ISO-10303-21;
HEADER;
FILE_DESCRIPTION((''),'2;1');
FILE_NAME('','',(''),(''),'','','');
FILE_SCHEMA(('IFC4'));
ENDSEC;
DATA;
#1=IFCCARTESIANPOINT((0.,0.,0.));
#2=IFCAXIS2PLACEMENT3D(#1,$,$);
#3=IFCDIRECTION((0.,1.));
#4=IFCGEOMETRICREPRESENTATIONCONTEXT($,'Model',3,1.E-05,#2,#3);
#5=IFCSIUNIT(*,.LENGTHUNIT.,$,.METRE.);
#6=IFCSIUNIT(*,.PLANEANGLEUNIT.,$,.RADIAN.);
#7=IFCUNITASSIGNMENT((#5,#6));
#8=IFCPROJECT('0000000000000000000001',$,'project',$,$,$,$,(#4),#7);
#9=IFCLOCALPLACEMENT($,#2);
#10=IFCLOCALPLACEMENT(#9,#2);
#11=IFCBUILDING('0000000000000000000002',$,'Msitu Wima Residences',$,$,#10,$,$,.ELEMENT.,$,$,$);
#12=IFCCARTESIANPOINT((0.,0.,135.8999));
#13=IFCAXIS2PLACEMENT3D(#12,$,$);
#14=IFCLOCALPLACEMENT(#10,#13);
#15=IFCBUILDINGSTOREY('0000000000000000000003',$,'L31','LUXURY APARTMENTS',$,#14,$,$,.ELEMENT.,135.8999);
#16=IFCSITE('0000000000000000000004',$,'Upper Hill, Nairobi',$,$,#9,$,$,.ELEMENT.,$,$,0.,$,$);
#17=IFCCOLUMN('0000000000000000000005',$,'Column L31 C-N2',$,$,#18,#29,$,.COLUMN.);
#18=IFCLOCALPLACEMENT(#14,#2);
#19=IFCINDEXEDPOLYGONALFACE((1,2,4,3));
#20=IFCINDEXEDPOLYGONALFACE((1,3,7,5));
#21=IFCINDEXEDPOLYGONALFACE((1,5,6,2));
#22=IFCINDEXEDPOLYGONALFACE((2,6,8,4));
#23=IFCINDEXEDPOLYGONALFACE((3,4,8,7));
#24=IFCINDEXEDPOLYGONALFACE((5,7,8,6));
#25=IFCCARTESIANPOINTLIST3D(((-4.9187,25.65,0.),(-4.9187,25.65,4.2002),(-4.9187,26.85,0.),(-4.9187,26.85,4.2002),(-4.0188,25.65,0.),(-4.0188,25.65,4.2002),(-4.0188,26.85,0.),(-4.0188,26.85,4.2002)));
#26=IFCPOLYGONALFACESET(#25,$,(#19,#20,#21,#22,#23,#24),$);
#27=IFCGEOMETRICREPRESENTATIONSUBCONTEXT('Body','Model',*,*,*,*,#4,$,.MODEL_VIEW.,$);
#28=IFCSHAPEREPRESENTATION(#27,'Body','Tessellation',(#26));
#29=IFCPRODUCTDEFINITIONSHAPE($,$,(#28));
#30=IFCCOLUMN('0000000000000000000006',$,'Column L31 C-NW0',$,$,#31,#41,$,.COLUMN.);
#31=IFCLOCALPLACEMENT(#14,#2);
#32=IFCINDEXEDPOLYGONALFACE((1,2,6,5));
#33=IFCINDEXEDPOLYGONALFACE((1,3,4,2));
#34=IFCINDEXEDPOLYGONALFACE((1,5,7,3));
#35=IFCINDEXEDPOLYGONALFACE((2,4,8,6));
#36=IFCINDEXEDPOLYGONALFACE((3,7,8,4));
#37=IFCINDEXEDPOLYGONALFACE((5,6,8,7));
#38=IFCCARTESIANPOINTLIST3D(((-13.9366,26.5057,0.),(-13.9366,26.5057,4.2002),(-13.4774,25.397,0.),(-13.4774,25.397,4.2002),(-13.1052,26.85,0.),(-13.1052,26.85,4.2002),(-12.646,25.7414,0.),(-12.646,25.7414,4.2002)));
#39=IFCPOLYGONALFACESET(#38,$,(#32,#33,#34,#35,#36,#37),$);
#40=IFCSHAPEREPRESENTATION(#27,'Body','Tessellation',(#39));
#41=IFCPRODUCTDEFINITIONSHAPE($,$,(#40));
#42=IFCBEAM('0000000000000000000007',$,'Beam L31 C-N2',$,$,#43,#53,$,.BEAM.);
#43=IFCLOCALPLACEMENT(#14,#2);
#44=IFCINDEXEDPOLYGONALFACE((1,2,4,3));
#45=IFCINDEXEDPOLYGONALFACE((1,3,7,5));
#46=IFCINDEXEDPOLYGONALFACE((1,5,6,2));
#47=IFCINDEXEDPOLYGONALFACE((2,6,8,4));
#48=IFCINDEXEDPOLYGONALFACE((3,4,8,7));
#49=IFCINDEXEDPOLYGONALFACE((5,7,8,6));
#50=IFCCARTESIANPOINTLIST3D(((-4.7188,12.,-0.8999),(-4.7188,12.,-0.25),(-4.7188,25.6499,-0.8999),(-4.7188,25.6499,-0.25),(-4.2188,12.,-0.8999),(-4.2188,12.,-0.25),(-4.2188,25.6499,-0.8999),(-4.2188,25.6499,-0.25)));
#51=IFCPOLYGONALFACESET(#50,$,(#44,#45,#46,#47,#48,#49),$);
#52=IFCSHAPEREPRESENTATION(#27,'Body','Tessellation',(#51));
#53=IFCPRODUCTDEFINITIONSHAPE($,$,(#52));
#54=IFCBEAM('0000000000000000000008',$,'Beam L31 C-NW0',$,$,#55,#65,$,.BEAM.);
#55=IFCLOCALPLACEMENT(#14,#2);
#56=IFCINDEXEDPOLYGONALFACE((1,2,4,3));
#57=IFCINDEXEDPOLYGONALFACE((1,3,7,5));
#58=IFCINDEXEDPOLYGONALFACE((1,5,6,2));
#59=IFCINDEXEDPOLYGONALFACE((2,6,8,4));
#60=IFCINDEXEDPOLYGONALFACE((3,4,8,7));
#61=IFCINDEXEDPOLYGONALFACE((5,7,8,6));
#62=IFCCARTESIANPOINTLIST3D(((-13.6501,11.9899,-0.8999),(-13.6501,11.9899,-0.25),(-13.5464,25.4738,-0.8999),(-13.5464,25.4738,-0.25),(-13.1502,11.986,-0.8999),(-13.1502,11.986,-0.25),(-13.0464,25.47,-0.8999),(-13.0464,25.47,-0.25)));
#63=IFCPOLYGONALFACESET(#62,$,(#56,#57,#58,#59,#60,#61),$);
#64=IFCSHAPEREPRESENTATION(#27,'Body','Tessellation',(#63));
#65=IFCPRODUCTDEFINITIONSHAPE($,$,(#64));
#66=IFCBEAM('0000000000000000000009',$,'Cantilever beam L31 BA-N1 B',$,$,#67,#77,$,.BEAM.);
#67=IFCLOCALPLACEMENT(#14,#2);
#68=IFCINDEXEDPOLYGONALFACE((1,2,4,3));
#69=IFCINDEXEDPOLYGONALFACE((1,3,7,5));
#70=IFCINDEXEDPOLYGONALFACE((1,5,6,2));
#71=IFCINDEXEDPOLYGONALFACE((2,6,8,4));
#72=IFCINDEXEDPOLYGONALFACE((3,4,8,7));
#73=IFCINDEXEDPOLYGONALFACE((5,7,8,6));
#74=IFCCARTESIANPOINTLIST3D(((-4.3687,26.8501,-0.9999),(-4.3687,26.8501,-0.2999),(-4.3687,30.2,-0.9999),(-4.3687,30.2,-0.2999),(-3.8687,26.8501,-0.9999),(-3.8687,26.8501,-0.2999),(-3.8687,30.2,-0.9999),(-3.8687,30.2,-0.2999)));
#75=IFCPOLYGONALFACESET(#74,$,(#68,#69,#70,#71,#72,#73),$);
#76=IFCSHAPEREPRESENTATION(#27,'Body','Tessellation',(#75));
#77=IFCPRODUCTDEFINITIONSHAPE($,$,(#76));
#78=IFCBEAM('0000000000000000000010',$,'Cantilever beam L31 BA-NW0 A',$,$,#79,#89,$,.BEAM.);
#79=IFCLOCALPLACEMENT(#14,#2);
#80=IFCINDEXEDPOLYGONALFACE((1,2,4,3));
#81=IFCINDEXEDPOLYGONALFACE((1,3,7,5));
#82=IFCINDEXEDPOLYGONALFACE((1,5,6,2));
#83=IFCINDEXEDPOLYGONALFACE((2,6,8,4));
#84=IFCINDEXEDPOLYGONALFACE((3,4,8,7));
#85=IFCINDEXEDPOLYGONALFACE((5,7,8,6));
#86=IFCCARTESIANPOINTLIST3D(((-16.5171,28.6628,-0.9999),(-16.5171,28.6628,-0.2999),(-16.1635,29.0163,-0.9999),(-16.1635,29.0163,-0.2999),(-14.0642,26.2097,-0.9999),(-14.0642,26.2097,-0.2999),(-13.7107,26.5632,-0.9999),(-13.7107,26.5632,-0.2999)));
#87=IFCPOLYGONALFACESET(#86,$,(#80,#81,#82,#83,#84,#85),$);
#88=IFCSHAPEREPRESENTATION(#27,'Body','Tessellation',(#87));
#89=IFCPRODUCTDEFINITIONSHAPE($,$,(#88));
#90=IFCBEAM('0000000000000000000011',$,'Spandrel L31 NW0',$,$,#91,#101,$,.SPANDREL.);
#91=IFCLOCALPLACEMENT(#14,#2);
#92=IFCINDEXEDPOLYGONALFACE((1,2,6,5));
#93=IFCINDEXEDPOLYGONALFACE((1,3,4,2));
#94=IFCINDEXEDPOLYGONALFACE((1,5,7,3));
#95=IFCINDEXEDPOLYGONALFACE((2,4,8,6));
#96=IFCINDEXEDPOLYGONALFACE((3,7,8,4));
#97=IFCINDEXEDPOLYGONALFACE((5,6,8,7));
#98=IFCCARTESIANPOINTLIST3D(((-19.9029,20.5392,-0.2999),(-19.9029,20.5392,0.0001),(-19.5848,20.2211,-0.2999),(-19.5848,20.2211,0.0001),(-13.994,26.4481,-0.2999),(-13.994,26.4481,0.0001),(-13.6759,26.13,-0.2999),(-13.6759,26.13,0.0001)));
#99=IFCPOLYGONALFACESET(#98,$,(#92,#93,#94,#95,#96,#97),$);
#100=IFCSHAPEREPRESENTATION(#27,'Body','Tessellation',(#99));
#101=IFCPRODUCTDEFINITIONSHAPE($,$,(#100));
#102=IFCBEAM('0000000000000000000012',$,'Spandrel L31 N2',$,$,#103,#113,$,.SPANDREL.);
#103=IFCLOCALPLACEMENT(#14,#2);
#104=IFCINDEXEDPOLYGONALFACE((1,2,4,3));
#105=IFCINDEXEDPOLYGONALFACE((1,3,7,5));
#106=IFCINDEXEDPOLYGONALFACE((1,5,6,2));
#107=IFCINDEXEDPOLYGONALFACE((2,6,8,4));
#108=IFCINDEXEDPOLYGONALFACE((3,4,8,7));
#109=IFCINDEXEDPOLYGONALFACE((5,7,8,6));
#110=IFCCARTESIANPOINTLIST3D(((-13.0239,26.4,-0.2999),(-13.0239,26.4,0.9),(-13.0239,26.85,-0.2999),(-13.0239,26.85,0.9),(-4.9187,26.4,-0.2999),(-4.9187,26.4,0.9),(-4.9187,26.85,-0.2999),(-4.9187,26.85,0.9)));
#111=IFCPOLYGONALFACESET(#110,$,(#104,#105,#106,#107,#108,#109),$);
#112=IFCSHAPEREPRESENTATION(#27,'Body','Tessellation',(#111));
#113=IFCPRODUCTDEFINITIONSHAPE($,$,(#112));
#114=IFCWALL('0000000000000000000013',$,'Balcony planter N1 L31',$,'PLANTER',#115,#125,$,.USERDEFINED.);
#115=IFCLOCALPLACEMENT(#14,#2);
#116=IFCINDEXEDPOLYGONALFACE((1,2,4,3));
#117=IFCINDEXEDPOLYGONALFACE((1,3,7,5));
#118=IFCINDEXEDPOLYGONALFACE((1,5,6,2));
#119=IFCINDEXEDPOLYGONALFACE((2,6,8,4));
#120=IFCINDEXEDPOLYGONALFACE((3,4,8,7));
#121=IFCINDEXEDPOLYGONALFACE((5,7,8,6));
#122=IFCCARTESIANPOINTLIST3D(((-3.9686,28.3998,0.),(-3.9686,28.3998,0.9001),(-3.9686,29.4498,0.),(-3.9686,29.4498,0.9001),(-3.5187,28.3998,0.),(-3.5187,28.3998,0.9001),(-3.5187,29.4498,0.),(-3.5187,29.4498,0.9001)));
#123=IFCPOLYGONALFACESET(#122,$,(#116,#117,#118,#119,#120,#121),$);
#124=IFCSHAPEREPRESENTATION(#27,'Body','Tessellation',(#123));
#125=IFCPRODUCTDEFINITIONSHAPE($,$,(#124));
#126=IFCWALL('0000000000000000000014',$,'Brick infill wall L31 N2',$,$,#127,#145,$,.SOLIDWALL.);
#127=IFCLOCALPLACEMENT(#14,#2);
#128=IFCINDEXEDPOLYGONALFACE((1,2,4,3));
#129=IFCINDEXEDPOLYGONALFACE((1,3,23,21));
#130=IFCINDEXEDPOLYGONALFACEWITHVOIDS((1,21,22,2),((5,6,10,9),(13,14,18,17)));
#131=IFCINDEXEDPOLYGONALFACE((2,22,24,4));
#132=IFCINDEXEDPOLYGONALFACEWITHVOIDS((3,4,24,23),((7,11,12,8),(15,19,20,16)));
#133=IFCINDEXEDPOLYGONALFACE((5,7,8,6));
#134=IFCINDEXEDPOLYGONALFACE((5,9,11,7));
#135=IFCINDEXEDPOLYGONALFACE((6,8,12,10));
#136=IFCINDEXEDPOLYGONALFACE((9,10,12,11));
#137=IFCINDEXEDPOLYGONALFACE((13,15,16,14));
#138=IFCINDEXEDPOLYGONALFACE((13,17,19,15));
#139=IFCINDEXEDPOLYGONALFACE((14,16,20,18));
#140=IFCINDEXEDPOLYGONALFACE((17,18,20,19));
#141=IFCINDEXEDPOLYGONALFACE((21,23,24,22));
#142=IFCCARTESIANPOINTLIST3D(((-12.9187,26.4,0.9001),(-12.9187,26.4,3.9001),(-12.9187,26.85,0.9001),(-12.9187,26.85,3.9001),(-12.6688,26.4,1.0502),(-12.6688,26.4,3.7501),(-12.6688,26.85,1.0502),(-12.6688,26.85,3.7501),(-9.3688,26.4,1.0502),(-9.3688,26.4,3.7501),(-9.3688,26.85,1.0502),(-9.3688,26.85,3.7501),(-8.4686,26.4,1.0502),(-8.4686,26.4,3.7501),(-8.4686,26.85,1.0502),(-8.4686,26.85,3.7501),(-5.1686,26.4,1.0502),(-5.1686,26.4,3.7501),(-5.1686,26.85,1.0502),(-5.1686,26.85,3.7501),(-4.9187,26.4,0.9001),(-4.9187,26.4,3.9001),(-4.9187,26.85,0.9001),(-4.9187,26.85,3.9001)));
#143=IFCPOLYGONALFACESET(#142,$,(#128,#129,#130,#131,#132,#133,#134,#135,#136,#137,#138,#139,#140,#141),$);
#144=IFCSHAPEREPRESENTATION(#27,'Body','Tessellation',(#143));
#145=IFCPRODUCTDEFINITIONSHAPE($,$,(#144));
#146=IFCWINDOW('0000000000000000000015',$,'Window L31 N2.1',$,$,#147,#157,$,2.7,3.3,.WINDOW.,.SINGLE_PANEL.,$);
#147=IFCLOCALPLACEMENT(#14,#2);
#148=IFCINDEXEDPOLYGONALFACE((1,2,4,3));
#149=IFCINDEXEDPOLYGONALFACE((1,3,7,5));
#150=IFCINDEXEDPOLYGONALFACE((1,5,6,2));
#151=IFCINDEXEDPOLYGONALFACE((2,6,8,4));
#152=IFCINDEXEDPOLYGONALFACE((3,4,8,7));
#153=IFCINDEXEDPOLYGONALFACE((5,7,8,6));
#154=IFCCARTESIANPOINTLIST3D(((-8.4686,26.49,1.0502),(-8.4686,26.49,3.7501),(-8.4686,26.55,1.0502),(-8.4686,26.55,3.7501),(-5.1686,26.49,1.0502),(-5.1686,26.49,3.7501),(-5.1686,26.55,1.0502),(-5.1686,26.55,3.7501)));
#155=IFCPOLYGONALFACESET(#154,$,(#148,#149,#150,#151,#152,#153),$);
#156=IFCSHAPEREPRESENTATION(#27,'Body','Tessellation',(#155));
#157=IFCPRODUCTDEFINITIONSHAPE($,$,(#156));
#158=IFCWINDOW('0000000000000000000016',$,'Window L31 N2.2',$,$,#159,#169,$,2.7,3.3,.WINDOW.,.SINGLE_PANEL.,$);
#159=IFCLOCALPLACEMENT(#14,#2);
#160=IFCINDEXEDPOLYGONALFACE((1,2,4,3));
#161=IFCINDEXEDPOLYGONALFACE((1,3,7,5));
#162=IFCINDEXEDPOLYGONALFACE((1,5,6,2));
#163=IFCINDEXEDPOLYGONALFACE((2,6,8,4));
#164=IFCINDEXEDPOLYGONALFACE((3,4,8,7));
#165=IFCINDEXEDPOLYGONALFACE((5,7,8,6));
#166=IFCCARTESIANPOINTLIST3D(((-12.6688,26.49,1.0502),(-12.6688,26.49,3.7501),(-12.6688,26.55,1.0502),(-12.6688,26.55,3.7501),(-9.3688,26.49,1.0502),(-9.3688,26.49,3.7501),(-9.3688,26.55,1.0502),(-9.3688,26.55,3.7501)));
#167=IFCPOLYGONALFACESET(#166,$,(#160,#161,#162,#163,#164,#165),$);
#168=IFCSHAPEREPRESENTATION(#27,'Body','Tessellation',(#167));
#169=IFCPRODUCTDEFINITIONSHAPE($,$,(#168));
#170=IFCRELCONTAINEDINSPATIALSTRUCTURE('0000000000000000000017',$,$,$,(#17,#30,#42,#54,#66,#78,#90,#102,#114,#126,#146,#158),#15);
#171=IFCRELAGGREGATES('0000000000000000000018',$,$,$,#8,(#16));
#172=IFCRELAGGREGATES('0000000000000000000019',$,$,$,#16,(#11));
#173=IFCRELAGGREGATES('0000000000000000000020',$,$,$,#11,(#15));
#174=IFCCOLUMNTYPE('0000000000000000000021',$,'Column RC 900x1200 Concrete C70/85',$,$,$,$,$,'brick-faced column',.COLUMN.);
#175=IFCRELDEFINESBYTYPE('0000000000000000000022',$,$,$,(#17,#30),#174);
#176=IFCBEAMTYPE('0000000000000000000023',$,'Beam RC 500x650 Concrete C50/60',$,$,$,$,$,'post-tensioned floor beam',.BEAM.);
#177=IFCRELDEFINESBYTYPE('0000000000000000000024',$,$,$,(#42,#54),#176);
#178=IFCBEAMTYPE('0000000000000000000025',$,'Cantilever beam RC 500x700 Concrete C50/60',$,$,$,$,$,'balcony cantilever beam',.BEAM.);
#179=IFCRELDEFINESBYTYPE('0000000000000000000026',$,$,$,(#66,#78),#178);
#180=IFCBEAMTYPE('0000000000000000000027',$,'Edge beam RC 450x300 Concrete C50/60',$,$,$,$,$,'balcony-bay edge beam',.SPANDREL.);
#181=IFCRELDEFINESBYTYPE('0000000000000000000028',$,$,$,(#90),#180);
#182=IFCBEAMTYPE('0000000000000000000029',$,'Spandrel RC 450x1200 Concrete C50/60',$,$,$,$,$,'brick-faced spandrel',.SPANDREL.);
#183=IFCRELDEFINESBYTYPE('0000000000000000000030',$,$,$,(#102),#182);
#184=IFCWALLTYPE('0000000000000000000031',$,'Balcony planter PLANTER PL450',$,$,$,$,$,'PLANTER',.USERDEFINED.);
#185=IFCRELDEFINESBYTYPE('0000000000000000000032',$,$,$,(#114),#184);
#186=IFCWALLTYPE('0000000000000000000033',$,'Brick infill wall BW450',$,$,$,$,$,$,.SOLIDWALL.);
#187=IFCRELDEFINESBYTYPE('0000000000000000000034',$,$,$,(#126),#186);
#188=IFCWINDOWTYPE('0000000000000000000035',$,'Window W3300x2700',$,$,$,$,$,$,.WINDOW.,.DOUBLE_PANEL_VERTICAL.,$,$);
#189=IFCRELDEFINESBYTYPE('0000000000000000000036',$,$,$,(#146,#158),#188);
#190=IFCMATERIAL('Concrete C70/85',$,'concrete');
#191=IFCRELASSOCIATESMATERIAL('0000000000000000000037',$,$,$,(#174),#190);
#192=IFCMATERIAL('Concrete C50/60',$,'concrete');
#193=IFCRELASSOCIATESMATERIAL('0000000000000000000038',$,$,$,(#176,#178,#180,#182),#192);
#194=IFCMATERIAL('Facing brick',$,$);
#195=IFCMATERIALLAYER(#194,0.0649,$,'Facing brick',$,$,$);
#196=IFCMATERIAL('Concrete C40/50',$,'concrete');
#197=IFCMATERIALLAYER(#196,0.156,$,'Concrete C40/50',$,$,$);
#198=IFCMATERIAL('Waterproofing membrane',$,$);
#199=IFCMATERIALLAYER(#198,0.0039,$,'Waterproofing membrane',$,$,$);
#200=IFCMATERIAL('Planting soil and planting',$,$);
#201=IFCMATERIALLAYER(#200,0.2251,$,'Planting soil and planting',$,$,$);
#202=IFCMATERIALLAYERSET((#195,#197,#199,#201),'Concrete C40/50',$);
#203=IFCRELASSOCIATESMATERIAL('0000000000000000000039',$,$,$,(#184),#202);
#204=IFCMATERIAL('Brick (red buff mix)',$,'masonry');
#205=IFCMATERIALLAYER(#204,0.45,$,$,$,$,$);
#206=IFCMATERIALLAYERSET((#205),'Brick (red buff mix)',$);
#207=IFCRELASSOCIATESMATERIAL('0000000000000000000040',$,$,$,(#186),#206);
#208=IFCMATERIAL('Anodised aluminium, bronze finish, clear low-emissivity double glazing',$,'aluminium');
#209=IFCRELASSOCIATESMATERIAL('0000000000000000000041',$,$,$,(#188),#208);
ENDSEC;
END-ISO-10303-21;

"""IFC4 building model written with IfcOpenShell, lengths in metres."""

from ifc_helpers import new_model, si_unit, direction, frame, frame_2d, origin, origin_2d, place, context, subcontext, project, spatial, rectangle, extrude, material, layer, layer_set, material_profile, profile_set, type_object, element, fill, save


model = new_model("IFC4")

# Units and contexts
model_context = context("Model", 3, precision=1e-05, world=origin(), true_north=direction((0.0, 1.0)))
body_context = subcontext(model_context, "Body", "Model", "MODEL_VIEW")
ifc_project = project(units=[si_unit("LENGTHUNIT", "METRE"), si_unit("PLANEANGLEUNIT", "RADIAN")], contexts=[model_context])

# Site, building, storey
site_placement = place(None, origin())
site = spatial("IfcSite", under=ifc_project, at=site_placement, Name="Upper Hill, Nairobi", CompositionType="ELEMENT", RefElevation=0.0)
building_placement = place(site_placement, origin())
building = spatial("IfcBuilding", under=site, at=building_placement, Name="Msitu Wima Residences", CompositionType="ELEMENT")
storey_placement = place(building_placement, frame((0.0, 0.0, 135.8999)))
storey = spatial("IfcBuildingStorey", under=building, at=storey_placement, Name="L31", Description="LUXURY APARTMENTS", CompositionType="ELEMENT", Elevation=135.8999)

# Columns
ifc_material_1 = material(Name="Concrete C70/85", Category="concrete")
ifc_material_profile_1 = material_profile(ifc_material_1, rectangle(XDim=0.8999, YDim=1.2, at=origin_2d()), Name="RC 900x1200")
ifc_profile_set_1 = profile_set([ifc_material_profile_1], Name="Concrete C70/85")
column_type = type_object("IfcColumnType", Name="Column RC 900x1200 Concrete C70/85", ElementType="brick-faced column", PredefinedType="COLUMN", material=ifc_profile_set_1)
for number, where, z_axis, x_axis, name in (
    (1, (-4.4688, 26.25, 0.0), (0.0, 0.0, 1.0), (-1.0, 0.0, 0.0), "Column L31 C-N2"),
    (2, (-13.2913, 26.1235, 0.0), (0.0, 0.0, 1.0), (-0.92388, -0.382683, 0.0), "Column L31 C-NW0"),
):
    element("IfcColumn", number, at=place(storey_placement, frame(where, z_axis=z_axis, x_axis=x_axis)), inside=storey, type_object=column_type, Name=name, PredefinedType="COLUMN", context=body_context, shape_type="SweptSolid", body=[
        extrude(rectangle(XDim=0.8999, YDim=1.2, at=origin_2d()), origin(), (0.0, 0.0, 1.0), 4.2002),
    ])

# Beams
ifc_material_2 = material(Name="Concrete C50/60", Category="concrete")
ifc_material_profile_2 = material_profile(ifc_material_2, rectangle(XDim=0.5, YDim=0.6499, at=origin_2d()), Name="RC 500x650")
ifc_profile_set_2 = profile_set([ifc_material_profile_2], Name="Concrete C50/60")
beam_type_1 = type_object("IfcBeamType", Name="Beam RC 500x650 Concrete C50/60", ElementType="post-tensioned floor beam", PredefinedType="BEAM", material=ifc_profile_set_2)
beam_1_placement = place(storey_placement, frame((-4.4688, 25.6499, -0.575), z_axis=(0.0, -1.0, 0.0), x_axis=(1.0, 0.0, 0.0)))
element("IfcBeam", 3, at=beam_1_placement, inside=storey, type_object=beam_type_1, Name="Beam L31 C-N2", PredefinedType="BEAM", context=body_context, shape_type="SweptSolid", body=[
    extrude(rectangle(XDim=0.5, YDim=0.6499, at=origin_2d()), origin(), (0.0, 0.0, 1.0), 13.6499),
])
beam_2_placement = place(storey_placement, frame((-13.2964, 25.4719, -0.575), z_axis=(-0.007695, -0.99997, 0.0), x_axis=(0.99997, -0.007695, 0.0)))
element("IfcBeam", 4, at=beam_2_placement, inside=storey, type_object=beam_type_1, Name="Beam L31 C-NW0", PredefinedType="BEAM", context=body_context, shape_type="SweptSolid", body=[
    extrude(rectangle(XDim=0.5, YDim=0.6499, at=origin_2d()), origin(), (0.0, 0.0, 1.0), 13.4844),
])
ifc_material_profile_3 = material_profile(ifc_material_2, rectangle(XDim=0.5, YDim=0.7, at=origin_2d()), Name="RC 500x700")
ifc_profile_set_3 = profile_set([ifc_material_profile_3], Name="Concrete C50/60")
beam_type_2 = type_object("IfcBeamType", Name="Cantilever beam RC 500x700 Concrete C50/60", ElementType="balcony cantilever beam", PredefinedType="BEAM", material=ifc_profile_set_3)
beam_3_placement = place(storey_placement, frame((-4.1187, 26.8501, -0.6499), z_axis=(0.0, 1.0, 0.0), x_axis=(-1.0, 0.0, 0.0)))
element("IfcBeam", 5, at=beam_3_placement, inside=storey, type_object=beam_type_2, Name="Cantilever beam L31 BA-N1 B", PredefinedType="BEAM", context=body_context, shape_type="SweptSolid", body=[
    extrude(rectangle(XDim=0.5, YDim=0.7, at=origin_2d()), origin(), (0.0, 0.0, 1.0), 3.3499),
])
beam_4_placement = place(storey_placement, frame((-13.8875, 26.3865, -0.6499), z_axis=(-0.707072, 0.707142, 0.0), x_axis=(-0.707142, -0.707072, 0.0)))
element("IfcBeam", 6, at=beam_4_placement, inside=storey, type_object=beam_type_2, Name="Cantilever beam L31 BA-NW0 A", PredefinedType="BEAM", context=body_context, shape_type="SweptSolid", body=[
    extrude(rectangle(XDim=0.5, YDim=0.7, at=origin_2d()), origin(), (0.0, 0.0, 1.0), 3.469),
])
ifc_material_profile_4 = material_profile(ifc_material_2, rectangle(XDim=0.45, YDim=0.3, at=origin_2d()), Name="RC 450x300")
ifc_profile_set_4 = profile_set([ifc_material_profile_4], Name="Concrete C50/60")
beam_type_3 = type_object("IfcBeamType", Name="Edge beam RC 450x300 Concrete C50/60", ElementType="balcony-bay edge beam", PredefinedType="SPANDREL", material=ifc_profile_set_4)
beam_5_placement = place(storey_placement, frame((-13.835, 26.2891, -0.1499), z_axis=(-0.707107, -0.707107, 0.0), x_axis=(0.707107, -0.707107, 0.0)))
element("IfcBeam", 7, at=beam_5_placement, inside=storey, type_object=beam_type_3, Name="Spandrel L31 NW0", PredefinedType="SPANDREL", context=body_context, shape_type="SweptSolid", body=[
    extrude(rectangle(XDim=0.45, YDim=0.3, at=origin_2d()), origin(), (0.0, 0.0, 1.0), 8.3564),
])
ifc_material_profile_5 = material_profile(ifc_material_2, rectangle(XDim=0.45, YDim=1.2, at=origin_2d()), Name="RC 450x1200")
ifc_profile_set_5 = profile_set([ifc_material_profile_5], Name="Concrete C50/60")
beam_type_4 = type_object("IfcBeamType", Name="Spandrel RC 450x1200 Concrete C50/60", ElementType="brick-faced spandrel", PredefinedType="SPANDREL", material=ifc_profile_set_5)
beam_6_placement = place(storey_placement, frame((-4.9187, 26.625, 0.3), z_axis=(-1.0, 0.0, 0.0), x_axis=(0.0, -1.0, 0.0)))
element("IfcBeam", 8, at=beam_6_placement, inside=storey, type_object=beam_type_4, Name="Spandrel L31 N2", PredefinedType="SPANDREL", context=body_context, shape_type="SweptSolid", body=[
    extrude(rectangle(XDim=0.45, YDim=1.2, at=origin_2d()), origin(), (0.0, 0.0, 1.0), 8.1052),
])

# Wall
ifc_material_3 = material(Name="Facing brick")
ifc_layer_1 = layer(ifc_material_3, 0.0649, Name="Facing brick")
ifc_material_4 = material(Name="Concrete C40/50", Category="concrete")
ifc_layer_2 = layer(ifc_material_4, 0.156, Name="Concrete C40/50")
ifc_material_5 = material(Name="Waterproofing membrane")
ifc_layer_3 = layer(ifc_material_5, 0.0039, Name="Waterproofing membrane")
ifc_material_6 = material(Name="Planting soil and planting")
ifc_layer_4 = layer(ifc_material_6, 0.2251, Name="Planting soil and planting")
ifc_layer_set_1 = layer_set([ifc_layer_1, ifc_layer_2, ifc_layer_3, ifc_layer_4], Name="Concrete C40/50")
wall_type_1 = type_object("IfcWallType", Name="Balcony planter PLANTER PL450", ElementType="PLANTER", PredefinedType="USERDEFINED", material=ifc_layer_set_1)
wall_1_placement = place(storey_placement, frame((-3.7437, 28.3999, 0.0), z_axis=(0.0, 0.0, 1.0), x_axis=(0.0, 1.0, 0.0)))
element("IfcWall", 9, at=wall_1_placement, inside=storey, type_object=wall_type_1, Name="Balcony planter N1 L31", ObjectType="PLANTER", PredefinedType="USERDEFINED", context=body_context, shape_type="SweptSolid", body=[
    extrude(rectangle(XDim=1.05, YDim=0.45, at=frame_2d((0.5249, 0.0))), origin(), (0.0, 0.0, 1.0), 0.9001),
])

# Wall, openings, windows
ifc_material_7 = material(Name="Brick (red buff mix)", Category="masonry")
ifc_layer_5 = layer(ifc_material_7, 0.45)
ifc_layer_set_2 = layer_set([ifc_layer_5], Name="Brick (red buff mix)")
wall_type_2 = type_object("IfcWallType", Name="Brick infill wall BW450", PredefinedType="SOLIDWALL", material=ifc_layer_set_2)
wall_2_placement = place(storey_placement, frame((-4.9187, 26.625, 0.9001), z_axis=(0.0, 0.0, 1.0), x_axis=(-1.0, 0.0, 0.0)))
wall_2 = element("IfcWall", 10, at=wall_2_placement, inside=storey, type_object=wall_type_2, Name="Brick infill wall L31 N2", PredefinedType="SOLIDWALL", context=body_context, shape_type="SweptSolid", body=[
    extrude(rectangle(XDim=8.0, YDim=0.45, at=frame_2d((4.0, 0.0))), origin(), (0.0, 0.0, 1.0), 3.0),
])
opening_1_placement = place(wall_2_placement, frame((0.25, 0.0, 0.1499)))
opening_1 = element("IfcOpeningElement", 11, at=opening_1_placement, cuts=wall_2, PredefinedType="OPENING", context=body_context, shape_type="SweptSolid", body=[
    extrude(rectangle(XDim=3.3, YDim=2.7, at=frame_2d((1.6499, 1.3501))), frame((0.0, 0.2349, 0.0), z_axis=(0.0, -1.0, 0.0), x_axis=(1.0, 0.0, 0.0)), (0.0, 0.0, 1.0), 0.47),
])
opening_2_placement = place(wall_2_placement, frame((4.4502, 0.0, 0.1499)))
opening_2 = element("IfcOpeningElement", 12, at=opening_2_placement, cuts=wall_2, PredefinedType="OPENING", context=body_context, shape_type="SweptSolid", body=[
    extrude(rectangle(XDim=3.3, YDim=2.7, at=frame_2d((1.6499, 1.3501))), frame((0.0, 0.2349, 0.0), z_axis=(0.0, -1.0, 0.0), x_axis=(1.0, 0.0, 0.0)), (0.0, 0.0, 1.0), 0.47),
])
ifc_material_8 = material(Name="Anodised aluminium, bronze finish, clear low-emissivity double glazing", Category="aluminium")
window_type = type_object("IfcWindowType", Name="Window W3300x2700", PartitioningType="DOUBLE_PANEL_VERTICAL", PredefinedType="WINDOW", material=ifc_material_8)
window_1_placement = place(opening_1_placement, origin())
window_1 = element("IfcWindow", 13, at=window_1_placement, inside=storey, type_object=window_type, Name="Window L31 N2.1", OverallHeight=2.7, OverallWidth=3.3, PartitioningType="SINGLE_PANEL", PredefinedType="WINDOW", context=body_context, shape_type="SweptSolid", body=[
    extrude(rectangle(XDim=3.3, YDim=2.7, at=frame_2d((1.6499, 1.3501))), frame((0.0, 0.135, 0.0), z_axis=(0.0, -1.0, 0.0), x_axis=(1.0, 0.0, 0.0)), (0.0, 0.0, 1.0), 0.0601),
])
fill(opening_1, window_1)
window_2_placement = place(opening_2_placement, origin())
window_2 = element("IfcWindow", 14, at=window_2_placement, inside=storey, type_object=window_type, Name="Window L31 N2.2", OverallHeight=2.7, OverallWidth=3.3, PartitioningType="SINGLE_PANEL", PredefinedType="WINDOW", context=body_context, shape_type="SweptSolid", body=[
    extrude(rectangle(XDim=3.3, YDim=2.7, at=frame_2d((1.6499, 1.3501))), frame((0.0, 0.135, 0.0), z_axis=(0.0, -1.0, 0.0), x_axis=(1.0, 0.0, 0.0)), (0.0, 0.0, 1.0), 0.0601),
])
fill(opening_2, window_2)

save(model, "model.ifc")
